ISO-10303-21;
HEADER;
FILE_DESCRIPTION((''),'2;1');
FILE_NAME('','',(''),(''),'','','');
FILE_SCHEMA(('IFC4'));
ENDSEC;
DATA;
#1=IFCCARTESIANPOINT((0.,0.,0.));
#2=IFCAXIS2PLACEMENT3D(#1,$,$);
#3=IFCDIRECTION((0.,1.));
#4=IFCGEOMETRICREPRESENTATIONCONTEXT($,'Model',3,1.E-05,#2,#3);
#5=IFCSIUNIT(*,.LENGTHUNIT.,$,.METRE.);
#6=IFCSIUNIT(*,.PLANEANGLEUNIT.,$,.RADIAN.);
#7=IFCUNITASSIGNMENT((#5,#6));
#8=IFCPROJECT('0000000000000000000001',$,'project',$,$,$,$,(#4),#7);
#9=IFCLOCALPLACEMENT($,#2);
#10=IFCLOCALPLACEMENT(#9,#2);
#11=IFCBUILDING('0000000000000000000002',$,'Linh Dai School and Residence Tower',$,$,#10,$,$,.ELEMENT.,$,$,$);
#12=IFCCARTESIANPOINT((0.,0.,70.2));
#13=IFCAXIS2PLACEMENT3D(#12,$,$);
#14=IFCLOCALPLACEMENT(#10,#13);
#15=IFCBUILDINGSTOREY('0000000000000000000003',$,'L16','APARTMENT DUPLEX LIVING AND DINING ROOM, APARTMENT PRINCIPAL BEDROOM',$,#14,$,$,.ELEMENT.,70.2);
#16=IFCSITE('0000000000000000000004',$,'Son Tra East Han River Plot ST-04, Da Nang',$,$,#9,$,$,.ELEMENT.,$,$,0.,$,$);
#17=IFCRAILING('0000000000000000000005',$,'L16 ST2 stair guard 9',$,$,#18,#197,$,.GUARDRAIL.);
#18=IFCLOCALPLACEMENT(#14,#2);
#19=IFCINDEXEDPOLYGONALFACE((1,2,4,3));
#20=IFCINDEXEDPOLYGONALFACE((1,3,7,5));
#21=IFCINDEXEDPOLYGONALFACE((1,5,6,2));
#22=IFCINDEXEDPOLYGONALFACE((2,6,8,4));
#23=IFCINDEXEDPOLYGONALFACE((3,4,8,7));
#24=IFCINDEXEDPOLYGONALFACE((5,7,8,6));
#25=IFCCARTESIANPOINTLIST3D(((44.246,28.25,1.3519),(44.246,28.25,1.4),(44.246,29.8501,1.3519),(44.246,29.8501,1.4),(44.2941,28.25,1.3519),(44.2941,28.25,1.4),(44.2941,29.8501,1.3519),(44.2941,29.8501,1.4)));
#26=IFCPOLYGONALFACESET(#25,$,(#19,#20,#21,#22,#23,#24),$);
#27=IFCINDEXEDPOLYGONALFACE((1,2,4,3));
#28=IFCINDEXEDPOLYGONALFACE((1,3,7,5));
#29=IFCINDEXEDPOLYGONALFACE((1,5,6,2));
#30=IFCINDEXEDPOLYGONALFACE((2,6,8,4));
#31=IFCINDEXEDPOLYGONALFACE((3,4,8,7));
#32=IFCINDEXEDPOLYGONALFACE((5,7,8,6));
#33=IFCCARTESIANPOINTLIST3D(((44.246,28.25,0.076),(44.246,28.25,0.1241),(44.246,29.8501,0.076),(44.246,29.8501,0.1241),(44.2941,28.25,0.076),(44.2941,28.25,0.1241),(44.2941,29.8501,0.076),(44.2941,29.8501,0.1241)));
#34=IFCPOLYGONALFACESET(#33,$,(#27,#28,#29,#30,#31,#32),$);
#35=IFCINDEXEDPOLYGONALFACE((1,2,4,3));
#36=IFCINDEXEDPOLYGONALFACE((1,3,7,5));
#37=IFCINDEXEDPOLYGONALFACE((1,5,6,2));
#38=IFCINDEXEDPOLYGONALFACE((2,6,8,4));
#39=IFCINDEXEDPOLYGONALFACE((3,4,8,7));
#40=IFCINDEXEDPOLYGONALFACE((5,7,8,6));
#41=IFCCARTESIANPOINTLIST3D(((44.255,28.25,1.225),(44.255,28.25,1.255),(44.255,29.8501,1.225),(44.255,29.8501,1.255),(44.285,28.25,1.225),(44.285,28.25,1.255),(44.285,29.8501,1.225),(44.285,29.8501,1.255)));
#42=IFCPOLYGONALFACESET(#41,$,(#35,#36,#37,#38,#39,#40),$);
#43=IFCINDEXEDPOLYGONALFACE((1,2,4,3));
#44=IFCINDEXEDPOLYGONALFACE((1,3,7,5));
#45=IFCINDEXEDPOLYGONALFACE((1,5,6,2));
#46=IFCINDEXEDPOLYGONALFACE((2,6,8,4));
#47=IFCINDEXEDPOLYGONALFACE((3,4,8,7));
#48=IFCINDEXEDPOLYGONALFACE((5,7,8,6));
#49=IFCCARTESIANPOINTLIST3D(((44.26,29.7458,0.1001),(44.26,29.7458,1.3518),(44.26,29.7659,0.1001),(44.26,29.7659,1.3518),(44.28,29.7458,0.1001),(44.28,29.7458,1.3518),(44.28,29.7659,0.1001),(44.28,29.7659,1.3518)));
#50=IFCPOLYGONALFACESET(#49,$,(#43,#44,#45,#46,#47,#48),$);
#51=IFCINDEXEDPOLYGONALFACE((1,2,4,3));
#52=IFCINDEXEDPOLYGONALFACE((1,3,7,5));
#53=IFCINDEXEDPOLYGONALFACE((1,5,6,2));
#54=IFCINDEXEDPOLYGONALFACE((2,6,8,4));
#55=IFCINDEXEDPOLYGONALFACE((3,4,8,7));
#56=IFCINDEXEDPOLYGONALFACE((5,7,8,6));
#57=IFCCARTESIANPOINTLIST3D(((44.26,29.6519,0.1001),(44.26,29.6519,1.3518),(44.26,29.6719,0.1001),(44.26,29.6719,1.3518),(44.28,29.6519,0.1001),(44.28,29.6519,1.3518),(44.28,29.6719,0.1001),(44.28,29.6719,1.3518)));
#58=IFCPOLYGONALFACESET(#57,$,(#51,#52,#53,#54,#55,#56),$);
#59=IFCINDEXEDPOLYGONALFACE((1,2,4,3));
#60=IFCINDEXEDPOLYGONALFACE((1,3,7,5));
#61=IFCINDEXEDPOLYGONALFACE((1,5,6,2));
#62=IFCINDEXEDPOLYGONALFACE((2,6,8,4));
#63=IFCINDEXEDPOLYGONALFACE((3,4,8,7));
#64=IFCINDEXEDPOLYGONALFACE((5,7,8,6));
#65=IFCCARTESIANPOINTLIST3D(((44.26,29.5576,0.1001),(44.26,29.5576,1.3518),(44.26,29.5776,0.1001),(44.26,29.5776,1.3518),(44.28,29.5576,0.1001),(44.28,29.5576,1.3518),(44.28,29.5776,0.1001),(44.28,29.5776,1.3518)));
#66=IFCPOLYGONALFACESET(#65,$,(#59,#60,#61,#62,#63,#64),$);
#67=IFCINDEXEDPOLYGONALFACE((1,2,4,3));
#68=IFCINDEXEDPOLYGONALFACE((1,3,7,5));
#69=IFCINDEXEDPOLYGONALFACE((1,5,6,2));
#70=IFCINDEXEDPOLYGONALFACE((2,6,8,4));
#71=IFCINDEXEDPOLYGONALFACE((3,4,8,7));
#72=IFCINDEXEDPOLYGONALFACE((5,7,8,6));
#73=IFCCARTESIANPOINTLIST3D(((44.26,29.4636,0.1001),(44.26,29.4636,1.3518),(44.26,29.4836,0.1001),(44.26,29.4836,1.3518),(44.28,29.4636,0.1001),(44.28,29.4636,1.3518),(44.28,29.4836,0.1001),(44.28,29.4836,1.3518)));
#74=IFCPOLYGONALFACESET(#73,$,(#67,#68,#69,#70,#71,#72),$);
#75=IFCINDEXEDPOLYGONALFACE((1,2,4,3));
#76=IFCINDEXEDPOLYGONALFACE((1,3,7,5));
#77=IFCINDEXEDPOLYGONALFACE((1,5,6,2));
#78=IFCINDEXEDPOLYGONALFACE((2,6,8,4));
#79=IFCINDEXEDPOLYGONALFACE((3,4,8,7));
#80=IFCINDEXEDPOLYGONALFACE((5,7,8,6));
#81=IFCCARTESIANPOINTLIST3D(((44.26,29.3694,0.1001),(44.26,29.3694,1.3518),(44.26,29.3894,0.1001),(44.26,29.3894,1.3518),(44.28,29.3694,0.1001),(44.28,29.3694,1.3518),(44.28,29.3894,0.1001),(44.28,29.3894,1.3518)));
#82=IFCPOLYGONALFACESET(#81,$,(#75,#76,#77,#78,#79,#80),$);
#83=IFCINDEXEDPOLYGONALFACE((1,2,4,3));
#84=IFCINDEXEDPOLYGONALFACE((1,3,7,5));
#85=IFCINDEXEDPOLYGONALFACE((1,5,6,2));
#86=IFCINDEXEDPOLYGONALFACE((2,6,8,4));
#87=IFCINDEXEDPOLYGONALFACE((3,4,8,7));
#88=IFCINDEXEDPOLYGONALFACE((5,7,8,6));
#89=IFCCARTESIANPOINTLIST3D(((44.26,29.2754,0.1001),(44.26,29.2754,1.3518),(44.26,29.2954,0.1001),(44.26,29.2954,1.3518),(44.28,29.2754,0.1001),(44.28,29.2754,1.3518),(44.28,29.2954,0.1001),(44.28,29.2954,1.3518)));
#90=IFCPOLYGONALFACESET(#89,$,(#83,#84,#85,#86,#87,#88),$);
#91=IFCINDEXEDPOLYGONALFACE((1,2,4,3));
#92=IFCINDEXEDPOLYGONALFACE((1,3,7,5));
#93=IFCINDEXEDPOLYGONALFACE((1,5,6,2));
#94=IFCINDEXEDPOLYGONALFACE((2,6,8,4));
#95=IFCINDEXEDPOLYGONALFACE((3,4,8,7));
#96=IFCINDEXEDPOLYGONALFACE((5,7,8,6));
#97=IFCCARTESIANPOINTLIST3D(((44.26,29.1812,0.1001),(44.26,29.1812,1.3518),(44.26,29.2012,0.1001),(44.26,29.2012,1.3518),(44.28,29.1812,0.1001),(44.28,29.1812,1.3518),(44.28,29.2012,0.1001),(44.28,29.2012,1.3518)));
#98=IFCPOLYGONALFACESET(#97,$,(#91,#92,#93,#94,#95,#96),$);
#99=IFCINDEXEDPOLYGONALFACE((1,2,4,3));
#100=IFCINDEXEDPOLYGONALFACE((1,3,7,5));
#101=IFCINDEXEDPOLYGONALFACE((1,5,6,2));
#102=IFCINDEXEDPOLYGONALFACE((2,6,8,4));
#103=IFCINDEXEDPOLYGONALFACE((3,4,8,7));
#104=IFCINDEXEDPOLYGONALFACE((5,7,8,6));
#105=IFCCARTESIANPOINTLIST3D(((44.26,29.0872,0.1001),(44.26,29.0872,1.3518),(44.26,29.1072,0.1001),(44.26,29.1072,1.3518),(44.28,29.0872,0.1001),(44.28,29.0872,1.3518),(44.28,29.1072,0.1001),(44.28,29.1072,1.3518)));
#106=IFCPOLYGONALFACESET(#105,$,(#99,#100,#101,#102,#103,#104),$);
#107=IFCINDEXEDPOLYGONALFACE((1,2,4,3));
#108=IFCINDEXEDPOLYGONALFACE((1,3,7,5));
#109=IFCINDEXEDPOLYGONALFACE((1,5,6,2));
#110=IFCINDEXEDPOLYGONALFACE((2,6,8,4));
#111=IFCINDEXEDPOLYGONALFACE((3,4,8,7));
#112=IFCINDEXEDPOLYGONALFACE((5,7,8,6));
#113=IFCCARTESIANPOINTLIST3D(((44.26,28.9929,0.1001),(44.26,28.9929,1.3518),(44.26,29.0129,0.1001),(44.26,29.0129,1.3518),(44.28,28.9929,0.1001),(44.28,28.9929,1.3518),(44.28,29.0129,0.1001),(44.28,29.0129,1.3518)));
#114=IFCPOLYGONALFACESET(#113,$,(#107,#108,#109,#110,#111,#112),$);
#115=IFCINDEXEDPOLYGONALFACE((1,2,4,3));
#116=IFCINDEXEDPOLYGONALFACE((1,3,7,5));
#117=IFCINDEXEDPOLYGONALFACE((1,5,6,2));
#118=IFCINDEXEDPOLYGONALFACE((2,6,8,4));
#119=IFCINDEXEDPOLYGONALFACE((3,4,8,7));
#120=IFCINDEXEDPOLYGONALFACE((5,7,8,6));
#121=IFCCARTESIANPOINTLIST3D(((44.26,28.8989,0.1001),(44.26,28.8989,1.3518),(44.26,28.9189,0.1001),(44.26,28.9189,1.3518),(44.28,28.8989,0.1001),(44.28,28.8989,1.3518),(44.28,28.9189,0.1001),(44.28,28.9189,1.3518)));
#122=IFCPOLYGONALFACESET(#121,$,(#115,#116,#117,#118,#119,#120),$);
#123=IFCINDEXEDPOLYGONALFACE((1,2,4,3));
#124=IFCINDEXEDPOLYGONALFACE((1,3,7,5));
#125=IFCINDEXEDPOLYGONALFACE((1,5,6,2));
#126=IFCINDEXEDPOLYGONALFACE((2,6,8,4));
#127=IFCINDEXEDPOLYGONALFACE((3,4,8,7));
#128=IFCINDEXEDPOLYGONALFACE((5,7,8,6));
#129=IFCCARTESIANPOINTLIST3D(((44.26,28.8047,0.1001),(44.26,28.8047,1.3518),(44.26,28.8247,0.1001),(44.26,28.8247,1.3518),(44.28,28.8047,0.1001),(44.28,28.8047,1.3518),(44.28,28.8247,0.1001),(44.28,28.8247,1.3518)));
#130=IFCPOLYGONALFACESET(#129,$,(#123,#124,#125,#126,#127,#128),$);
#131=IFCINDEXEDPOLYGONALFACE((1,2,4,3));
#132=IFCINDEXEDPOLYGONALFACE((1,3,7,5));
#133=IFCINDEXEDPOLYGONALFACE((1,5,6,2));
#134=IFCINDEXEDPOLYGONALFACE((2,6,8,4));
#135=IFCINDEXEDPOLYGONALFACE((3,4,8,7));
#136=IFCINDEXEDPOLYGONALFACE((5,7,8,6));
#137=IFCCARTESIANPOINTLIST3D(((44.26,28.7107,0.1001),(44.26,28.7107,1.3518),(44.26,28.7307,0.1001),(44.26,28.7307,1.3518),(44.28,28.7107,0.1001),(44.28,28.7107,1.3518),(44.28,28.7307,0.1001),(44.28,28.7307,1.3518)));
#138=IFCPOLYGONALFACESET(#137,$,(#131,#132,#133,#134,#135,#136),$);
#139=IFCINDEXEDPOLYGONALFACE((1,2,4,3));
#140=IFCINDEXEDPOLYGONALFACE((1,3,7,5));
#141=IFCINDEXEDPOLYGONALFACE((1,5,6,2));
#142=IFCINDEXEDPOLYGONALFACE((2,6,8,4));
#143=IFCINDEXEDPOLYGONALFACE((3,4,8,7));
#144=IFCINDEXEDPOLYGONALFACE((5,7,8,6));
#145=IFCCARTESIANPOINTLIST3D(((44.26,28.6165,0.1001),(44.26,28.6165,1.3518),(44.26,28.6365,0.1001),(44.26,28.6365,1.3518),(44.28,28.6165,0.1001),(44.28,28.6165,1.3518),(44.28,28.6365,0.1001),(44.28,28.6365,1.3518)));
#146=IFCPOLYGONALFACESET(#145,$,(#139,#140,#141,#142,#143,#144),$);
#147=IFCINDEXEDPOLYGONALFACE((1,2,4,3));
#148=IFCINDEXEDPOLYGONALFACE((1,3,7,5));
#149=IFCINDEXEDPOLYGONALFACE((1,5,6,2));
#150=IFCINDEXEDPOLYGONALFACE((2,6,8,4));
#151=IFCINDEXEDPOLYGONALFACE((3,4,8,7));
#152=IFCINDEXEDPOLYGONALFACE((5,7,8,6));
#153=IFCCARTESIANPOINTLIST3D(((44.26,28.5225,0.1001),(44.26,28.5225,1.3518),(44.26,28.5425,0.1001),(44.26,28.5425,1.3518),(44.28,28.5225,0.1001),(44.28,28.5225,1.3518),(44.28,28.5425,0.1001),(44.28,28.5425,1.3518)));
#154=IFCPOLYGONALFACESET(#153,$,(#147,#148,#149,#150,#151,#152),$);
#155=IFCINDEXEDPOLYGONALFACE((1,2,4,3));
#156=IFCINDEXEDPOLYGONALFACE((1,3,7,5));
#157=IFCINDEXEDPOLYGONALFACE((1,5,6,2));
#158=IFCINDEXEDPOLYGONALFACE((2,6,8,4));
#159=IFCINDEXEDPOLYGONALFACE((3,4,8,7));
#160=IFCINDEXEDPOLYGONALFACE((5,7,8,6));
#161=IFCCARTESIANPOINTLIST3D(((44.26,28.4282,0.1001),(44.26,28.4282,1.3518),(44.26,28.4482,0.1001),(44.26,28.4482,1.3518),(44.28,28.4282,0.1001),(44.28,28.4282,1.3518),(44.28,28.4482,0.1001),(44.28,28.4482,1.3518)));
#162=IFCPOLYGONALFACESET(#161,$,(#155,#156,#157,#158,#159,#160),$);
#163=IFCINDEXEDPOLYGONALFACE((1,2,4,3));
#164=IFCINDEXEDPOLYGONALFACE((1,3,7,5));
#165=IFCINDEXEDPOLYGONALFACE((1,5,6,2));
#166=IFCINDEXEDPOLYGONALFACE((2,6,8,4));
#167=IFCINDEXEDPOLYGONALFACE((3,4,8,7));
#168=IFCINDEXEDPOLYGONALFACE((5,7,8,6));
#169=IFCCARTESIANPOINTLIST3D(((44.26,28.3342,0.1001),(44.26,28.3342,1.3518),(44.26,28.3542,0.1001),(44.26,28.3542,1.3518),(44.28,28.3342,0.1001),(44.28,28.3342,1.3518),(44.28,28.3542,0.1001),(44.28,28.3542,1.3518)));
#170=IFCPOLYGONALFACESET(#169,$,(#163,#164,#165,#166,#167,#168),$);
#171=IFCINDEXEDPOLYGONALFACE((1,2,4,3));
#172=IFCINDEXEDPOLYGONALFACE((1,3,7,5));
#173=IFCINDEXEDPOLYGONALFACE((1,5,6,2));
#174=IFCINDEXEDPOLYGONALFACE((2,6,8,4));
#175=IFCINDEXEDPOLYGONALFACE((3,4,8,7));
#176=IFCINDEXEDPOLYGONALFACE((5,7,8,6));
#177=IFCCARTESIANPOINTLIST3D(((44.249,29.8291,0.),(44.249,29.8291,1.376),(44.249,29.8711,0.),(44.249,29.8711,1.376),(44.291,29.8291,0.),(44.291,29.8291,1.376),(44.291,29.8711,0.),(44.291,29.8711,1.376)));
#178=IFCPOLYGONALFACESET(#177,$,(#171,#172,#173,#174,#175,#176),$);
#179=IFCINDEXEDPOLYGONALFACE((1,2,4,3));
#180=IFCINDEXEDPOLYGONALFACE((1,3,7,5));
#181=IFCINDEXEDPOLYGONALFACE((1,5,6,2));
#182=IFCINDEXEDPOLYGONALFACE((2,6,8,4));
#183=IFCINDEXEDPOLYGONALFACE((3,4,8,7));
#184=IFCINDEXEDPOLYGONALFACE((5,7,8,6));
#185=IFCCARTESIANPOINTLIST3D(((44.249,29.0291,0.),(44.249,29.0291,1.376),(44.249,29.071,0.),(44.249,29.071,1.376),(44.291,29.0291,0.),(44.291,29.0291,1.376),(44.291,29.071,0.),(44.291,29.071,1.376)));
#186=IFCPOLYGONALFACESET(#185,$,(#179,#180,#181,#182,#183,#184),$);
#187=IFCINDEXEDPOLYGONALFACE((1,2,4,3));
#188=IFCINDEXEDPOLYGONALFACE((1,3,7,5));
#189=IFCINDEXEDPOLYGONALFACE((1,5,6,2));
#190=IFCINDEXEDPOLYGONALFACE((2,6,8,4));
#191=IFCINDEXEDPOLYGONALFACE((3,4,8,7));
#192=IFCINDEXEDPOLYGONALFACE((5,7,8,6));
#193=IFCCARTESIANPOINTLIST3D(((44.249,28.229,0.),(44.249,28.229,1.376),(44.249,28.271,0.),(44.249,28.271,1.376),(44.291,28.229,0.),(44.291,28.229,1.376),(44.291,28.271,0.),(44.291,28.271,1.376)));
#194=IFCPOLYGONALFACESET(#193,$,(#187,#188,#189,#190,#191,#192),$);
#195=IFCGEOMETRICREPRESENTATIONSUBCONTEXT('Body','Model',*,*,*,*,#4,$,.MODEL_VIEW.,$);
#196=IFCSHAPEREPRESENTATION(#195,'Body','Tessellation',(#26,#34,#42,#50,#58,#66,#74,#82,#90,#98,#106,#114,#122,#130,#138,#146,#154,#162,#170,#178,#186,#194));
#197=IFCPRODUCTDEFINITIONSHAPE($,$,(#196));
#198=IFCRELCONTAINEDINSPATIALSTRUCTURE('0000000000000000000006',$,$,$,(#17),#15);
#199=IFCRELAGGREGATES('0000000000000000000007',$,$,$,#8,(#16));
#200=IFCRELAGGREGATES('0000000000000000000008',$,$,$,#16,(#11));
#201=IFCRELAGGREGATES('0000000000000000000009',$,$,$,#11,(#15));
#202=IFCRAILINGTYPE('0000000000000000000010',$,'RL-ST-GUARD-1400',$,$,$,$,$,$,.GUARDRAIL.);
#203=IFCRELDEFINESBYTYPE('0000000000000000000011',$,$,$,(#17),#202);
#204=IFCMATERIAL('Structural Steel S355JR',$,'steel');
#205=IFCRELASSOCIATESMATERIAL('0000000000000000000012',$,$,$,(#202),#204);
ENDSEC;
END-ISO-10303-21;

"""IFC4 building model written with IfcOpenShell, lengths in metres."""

from ifc_helpers import new_model, si_unit, direction, frame, origin, origin_2d, place, context, subcontext, project, spatial, rectangle, extrude, source, transform, mapped, material, type_object, element, save


model = new_model("IFC4")

# Units and contexts
model_context = context("Model", 3, precision=1e-05, world=origin(), true_north=direction((0.0, 1.0)))
body_context = subcontext(model_context, "Body", "Model", "MODEL_VIEW")
ifc_project = project(units=[si_unit("LENGTHUNIT", "METRE"), si_unit("PLANEANGLEUNIT", "RADIAN")], contexts=[model_context])

# Site, building, storey
site_placement = place(None, origin())
site = spatial("IfcSite", under=ifc_project, at=site_placement, Name="Son Tra East Han River Plot ST-04, Da Nang", CompositionType="ELEMENT", RefElevation=0.0)
building_placement = place(site_placement, origin())
building = spatial("IfcBuilding", under=site, at=building_placement, Name="Linh Dai School and Residence Tower", CompositionType="ELEMENT")
storey_placement = place(building_placement, frame((0.0, 0.0, 70.2)))
storey = spatial("IfcBuildingStorey", under=building, at=storey_placement, Name="L16", Description="APARTMENT DUPLEX LIVING AND DINING ROOM, APARTMENT PRINCIPAL BEDROOM", CompositionType="ELEMENT", Elevation=70.2)

# Shared definitions
ifc_material_1 = material(Name="Structural Steel S355JR", Category="steel")

# Railing
railing_type_1 = type_object("IfcRailingType", Name="RL-ST-GUARD-1400", PredefinedType="GUARDRAIL", material=ifc_material_1)
shared_shape_1 = source(origin(), body_context, "Body", "SweptSolid", [
    extrude(rectangle(XDim=0.0481, YDim=0.0481, at=origin_2d()), frame((0.0, 0.0, 1.376), z_axis=(0.0, -1.0, 0.0), x_axis=(1.0, 0.0, 0.0)), (0.0, 0.0, 1.0), 1.6001),
    extrude(rectangle(XDim=0.0481, YDim=0.0481, at=origin_2d()), frame((0.0, 0.0, 0.1001), z_axis=(0.0, -1.0, 0.0), x_axis=(1.0, 0.0, 0.0)), (0.0, 0.0, 1.0), 1.6001),
    extrude(rectangle(XDim=0.03, YDim=0.03, at=origin_2d()), frame((0.0, 0.0, 1.24), z_axis=(0.0, -1.0, 0.0), x_axis=(1.0, 0.0, 0.0)), (0.0, 0.0, 1.0), 1.6001),
    extrude(rectangle(XDim=0.02, YDim=0.02, at=origin_2d()), frame((0.0, -0.0942, 0.1001)), (0.0, 0.0, 1.0), 1.2517),
    extrude(rectangle(XDim=0.02, YDim=0.02, at=origin_2d()), frame((0.0, -0.1882, 0.1001)), (0.0, 0.0, 1.0), 1.2517),
    extrude(rectangle(XDim=0.02, YDim=0.02, at=origin_2d()), frame((0.0, -0.2825, 0.1001)), (0.0, 0.0, 1.0), 1.2517),
    extrude(rectangle(XDim=0.02, YDim=0.02, at=origin_2d()), frame((0.0, -0.3765, 0.1001)), (0.0, 0.0, 1.0), 1.2517),
    extrude(rectangle(XDim=0.02, YDim=0.02, at=origin_2d()), frame((0.0, -0.4707, 0.1001)), (0.0, 0.0, 1.0), 1.2517),
    extrude(rectangle(XDim=0.02, YDim=0.02, at=origin_2d()), frame((0.0, -0.5647, 0.1001)), (0.0, 0.0, 1.0), 1.2517),
    extrude(rectangle(XDim=0.02, YDim=0.02, at=origin_2d()), frame((0.0, -0.6589, 0.1001)), (0.0, 0.0, 1.0), 1.2517),
    extrude(rectangle(XDim=0.02, YDim=0.02, at=origin_2d()), frame((0.0, -0.7529, 0.1001)), (0.0, 0.0, 1.0), 1.2517),
    extrude(rectangle(XDim=0.02, YDim=0.02, at=origin_2d()), frame((0.0, -0.8472, 0.1001)), (0.0, 0.0, 1.0), 1.2517),
    extrude(rectangle(XDim=0.02, YDim=0.02, at=origin_2d()), frame((0.0, -0.9412, 0.1001)), (0.0, 0.0, 1.0), 1.2517),
    extrude(rectangle(XDim=0.02, YDim=0.02, at=origin_2d()), frame((0.0, -1.0354, 0.1001)), (0.0, 0.0, 1.0), 1.2517),
    extrude(rectangle(XDim=0.02, YDim=0.02, at=origin_2d()), frame((0.0, -1.1294, 0.1001)), (0.0, 0.0, 1.0), 1.2517),
    extrude(rectangle(XDim=0.02, YDim=0.02, at=origin_2d()), frame((0.0, -1.2236, 0.1001)), (0.0, 0.0, 1.0), 1.2517),
    extrude(rectangle(XDim=0.02, YDim=0.02, at=origin_2d()), frame((0.0, -1.3176, 0.1001)), (0.0, 0.0, 1.0), 1.2517),
    extrude(rectangle(XDim=0.02, YDim=0.02, at=origin_2d()), frame((0.0, -1.4119, 0.1001)), (0.0, 0.0, 1.0), 1.2517),
    extrude(rectangle(XDim=0.02, YDim=0.02, at=origin_2d()), frame((0.0, -1.5059, 0.1001)), (0.0, 0.0, 1.0), 1.2517),
    extrude(rectangle(XDim=0.042, YDim=0.042, at=origin_2d()), origin(), (0.0, 0.0, 1.0), 1.376),
    extrude(rectangle(XDim=0.042, YDim=0.042, at=origin_2d()), frame((0.0, -0.8, 0.0)), (0.0, 0.0, 1.0), 1.376),
    extrude(rectangle(XDim=0.042, YDim=0.042, at=origin_2d()), frame((0.0, -1.6001, 0.0)), (0.0, 0.0, 1.0), 1.376),
])
for number, where, name in (
    (1, (44.27, 29.8501, 0.0), "L16 ST2 stair guard 9"),
):
    element("IfcRailing", number, at=place(storey_placement, frame(where)), inside=storey, type_object=railing_type_1, Name=name, PredefinedType="GUARDRAIL", context=body_context, shape_type="MappedRepresentation", body=[
        mapped(shared_shape_1, transform((0.0, 0.0, 0.0), x_axis=(1.0, 0.0, 0.0), y_axis=(0.0, 1.0, 0.0), z_axis=(0.0, 0.0, 1.0), scale=1.0)),
    ])

save(model, "model.ifc")
